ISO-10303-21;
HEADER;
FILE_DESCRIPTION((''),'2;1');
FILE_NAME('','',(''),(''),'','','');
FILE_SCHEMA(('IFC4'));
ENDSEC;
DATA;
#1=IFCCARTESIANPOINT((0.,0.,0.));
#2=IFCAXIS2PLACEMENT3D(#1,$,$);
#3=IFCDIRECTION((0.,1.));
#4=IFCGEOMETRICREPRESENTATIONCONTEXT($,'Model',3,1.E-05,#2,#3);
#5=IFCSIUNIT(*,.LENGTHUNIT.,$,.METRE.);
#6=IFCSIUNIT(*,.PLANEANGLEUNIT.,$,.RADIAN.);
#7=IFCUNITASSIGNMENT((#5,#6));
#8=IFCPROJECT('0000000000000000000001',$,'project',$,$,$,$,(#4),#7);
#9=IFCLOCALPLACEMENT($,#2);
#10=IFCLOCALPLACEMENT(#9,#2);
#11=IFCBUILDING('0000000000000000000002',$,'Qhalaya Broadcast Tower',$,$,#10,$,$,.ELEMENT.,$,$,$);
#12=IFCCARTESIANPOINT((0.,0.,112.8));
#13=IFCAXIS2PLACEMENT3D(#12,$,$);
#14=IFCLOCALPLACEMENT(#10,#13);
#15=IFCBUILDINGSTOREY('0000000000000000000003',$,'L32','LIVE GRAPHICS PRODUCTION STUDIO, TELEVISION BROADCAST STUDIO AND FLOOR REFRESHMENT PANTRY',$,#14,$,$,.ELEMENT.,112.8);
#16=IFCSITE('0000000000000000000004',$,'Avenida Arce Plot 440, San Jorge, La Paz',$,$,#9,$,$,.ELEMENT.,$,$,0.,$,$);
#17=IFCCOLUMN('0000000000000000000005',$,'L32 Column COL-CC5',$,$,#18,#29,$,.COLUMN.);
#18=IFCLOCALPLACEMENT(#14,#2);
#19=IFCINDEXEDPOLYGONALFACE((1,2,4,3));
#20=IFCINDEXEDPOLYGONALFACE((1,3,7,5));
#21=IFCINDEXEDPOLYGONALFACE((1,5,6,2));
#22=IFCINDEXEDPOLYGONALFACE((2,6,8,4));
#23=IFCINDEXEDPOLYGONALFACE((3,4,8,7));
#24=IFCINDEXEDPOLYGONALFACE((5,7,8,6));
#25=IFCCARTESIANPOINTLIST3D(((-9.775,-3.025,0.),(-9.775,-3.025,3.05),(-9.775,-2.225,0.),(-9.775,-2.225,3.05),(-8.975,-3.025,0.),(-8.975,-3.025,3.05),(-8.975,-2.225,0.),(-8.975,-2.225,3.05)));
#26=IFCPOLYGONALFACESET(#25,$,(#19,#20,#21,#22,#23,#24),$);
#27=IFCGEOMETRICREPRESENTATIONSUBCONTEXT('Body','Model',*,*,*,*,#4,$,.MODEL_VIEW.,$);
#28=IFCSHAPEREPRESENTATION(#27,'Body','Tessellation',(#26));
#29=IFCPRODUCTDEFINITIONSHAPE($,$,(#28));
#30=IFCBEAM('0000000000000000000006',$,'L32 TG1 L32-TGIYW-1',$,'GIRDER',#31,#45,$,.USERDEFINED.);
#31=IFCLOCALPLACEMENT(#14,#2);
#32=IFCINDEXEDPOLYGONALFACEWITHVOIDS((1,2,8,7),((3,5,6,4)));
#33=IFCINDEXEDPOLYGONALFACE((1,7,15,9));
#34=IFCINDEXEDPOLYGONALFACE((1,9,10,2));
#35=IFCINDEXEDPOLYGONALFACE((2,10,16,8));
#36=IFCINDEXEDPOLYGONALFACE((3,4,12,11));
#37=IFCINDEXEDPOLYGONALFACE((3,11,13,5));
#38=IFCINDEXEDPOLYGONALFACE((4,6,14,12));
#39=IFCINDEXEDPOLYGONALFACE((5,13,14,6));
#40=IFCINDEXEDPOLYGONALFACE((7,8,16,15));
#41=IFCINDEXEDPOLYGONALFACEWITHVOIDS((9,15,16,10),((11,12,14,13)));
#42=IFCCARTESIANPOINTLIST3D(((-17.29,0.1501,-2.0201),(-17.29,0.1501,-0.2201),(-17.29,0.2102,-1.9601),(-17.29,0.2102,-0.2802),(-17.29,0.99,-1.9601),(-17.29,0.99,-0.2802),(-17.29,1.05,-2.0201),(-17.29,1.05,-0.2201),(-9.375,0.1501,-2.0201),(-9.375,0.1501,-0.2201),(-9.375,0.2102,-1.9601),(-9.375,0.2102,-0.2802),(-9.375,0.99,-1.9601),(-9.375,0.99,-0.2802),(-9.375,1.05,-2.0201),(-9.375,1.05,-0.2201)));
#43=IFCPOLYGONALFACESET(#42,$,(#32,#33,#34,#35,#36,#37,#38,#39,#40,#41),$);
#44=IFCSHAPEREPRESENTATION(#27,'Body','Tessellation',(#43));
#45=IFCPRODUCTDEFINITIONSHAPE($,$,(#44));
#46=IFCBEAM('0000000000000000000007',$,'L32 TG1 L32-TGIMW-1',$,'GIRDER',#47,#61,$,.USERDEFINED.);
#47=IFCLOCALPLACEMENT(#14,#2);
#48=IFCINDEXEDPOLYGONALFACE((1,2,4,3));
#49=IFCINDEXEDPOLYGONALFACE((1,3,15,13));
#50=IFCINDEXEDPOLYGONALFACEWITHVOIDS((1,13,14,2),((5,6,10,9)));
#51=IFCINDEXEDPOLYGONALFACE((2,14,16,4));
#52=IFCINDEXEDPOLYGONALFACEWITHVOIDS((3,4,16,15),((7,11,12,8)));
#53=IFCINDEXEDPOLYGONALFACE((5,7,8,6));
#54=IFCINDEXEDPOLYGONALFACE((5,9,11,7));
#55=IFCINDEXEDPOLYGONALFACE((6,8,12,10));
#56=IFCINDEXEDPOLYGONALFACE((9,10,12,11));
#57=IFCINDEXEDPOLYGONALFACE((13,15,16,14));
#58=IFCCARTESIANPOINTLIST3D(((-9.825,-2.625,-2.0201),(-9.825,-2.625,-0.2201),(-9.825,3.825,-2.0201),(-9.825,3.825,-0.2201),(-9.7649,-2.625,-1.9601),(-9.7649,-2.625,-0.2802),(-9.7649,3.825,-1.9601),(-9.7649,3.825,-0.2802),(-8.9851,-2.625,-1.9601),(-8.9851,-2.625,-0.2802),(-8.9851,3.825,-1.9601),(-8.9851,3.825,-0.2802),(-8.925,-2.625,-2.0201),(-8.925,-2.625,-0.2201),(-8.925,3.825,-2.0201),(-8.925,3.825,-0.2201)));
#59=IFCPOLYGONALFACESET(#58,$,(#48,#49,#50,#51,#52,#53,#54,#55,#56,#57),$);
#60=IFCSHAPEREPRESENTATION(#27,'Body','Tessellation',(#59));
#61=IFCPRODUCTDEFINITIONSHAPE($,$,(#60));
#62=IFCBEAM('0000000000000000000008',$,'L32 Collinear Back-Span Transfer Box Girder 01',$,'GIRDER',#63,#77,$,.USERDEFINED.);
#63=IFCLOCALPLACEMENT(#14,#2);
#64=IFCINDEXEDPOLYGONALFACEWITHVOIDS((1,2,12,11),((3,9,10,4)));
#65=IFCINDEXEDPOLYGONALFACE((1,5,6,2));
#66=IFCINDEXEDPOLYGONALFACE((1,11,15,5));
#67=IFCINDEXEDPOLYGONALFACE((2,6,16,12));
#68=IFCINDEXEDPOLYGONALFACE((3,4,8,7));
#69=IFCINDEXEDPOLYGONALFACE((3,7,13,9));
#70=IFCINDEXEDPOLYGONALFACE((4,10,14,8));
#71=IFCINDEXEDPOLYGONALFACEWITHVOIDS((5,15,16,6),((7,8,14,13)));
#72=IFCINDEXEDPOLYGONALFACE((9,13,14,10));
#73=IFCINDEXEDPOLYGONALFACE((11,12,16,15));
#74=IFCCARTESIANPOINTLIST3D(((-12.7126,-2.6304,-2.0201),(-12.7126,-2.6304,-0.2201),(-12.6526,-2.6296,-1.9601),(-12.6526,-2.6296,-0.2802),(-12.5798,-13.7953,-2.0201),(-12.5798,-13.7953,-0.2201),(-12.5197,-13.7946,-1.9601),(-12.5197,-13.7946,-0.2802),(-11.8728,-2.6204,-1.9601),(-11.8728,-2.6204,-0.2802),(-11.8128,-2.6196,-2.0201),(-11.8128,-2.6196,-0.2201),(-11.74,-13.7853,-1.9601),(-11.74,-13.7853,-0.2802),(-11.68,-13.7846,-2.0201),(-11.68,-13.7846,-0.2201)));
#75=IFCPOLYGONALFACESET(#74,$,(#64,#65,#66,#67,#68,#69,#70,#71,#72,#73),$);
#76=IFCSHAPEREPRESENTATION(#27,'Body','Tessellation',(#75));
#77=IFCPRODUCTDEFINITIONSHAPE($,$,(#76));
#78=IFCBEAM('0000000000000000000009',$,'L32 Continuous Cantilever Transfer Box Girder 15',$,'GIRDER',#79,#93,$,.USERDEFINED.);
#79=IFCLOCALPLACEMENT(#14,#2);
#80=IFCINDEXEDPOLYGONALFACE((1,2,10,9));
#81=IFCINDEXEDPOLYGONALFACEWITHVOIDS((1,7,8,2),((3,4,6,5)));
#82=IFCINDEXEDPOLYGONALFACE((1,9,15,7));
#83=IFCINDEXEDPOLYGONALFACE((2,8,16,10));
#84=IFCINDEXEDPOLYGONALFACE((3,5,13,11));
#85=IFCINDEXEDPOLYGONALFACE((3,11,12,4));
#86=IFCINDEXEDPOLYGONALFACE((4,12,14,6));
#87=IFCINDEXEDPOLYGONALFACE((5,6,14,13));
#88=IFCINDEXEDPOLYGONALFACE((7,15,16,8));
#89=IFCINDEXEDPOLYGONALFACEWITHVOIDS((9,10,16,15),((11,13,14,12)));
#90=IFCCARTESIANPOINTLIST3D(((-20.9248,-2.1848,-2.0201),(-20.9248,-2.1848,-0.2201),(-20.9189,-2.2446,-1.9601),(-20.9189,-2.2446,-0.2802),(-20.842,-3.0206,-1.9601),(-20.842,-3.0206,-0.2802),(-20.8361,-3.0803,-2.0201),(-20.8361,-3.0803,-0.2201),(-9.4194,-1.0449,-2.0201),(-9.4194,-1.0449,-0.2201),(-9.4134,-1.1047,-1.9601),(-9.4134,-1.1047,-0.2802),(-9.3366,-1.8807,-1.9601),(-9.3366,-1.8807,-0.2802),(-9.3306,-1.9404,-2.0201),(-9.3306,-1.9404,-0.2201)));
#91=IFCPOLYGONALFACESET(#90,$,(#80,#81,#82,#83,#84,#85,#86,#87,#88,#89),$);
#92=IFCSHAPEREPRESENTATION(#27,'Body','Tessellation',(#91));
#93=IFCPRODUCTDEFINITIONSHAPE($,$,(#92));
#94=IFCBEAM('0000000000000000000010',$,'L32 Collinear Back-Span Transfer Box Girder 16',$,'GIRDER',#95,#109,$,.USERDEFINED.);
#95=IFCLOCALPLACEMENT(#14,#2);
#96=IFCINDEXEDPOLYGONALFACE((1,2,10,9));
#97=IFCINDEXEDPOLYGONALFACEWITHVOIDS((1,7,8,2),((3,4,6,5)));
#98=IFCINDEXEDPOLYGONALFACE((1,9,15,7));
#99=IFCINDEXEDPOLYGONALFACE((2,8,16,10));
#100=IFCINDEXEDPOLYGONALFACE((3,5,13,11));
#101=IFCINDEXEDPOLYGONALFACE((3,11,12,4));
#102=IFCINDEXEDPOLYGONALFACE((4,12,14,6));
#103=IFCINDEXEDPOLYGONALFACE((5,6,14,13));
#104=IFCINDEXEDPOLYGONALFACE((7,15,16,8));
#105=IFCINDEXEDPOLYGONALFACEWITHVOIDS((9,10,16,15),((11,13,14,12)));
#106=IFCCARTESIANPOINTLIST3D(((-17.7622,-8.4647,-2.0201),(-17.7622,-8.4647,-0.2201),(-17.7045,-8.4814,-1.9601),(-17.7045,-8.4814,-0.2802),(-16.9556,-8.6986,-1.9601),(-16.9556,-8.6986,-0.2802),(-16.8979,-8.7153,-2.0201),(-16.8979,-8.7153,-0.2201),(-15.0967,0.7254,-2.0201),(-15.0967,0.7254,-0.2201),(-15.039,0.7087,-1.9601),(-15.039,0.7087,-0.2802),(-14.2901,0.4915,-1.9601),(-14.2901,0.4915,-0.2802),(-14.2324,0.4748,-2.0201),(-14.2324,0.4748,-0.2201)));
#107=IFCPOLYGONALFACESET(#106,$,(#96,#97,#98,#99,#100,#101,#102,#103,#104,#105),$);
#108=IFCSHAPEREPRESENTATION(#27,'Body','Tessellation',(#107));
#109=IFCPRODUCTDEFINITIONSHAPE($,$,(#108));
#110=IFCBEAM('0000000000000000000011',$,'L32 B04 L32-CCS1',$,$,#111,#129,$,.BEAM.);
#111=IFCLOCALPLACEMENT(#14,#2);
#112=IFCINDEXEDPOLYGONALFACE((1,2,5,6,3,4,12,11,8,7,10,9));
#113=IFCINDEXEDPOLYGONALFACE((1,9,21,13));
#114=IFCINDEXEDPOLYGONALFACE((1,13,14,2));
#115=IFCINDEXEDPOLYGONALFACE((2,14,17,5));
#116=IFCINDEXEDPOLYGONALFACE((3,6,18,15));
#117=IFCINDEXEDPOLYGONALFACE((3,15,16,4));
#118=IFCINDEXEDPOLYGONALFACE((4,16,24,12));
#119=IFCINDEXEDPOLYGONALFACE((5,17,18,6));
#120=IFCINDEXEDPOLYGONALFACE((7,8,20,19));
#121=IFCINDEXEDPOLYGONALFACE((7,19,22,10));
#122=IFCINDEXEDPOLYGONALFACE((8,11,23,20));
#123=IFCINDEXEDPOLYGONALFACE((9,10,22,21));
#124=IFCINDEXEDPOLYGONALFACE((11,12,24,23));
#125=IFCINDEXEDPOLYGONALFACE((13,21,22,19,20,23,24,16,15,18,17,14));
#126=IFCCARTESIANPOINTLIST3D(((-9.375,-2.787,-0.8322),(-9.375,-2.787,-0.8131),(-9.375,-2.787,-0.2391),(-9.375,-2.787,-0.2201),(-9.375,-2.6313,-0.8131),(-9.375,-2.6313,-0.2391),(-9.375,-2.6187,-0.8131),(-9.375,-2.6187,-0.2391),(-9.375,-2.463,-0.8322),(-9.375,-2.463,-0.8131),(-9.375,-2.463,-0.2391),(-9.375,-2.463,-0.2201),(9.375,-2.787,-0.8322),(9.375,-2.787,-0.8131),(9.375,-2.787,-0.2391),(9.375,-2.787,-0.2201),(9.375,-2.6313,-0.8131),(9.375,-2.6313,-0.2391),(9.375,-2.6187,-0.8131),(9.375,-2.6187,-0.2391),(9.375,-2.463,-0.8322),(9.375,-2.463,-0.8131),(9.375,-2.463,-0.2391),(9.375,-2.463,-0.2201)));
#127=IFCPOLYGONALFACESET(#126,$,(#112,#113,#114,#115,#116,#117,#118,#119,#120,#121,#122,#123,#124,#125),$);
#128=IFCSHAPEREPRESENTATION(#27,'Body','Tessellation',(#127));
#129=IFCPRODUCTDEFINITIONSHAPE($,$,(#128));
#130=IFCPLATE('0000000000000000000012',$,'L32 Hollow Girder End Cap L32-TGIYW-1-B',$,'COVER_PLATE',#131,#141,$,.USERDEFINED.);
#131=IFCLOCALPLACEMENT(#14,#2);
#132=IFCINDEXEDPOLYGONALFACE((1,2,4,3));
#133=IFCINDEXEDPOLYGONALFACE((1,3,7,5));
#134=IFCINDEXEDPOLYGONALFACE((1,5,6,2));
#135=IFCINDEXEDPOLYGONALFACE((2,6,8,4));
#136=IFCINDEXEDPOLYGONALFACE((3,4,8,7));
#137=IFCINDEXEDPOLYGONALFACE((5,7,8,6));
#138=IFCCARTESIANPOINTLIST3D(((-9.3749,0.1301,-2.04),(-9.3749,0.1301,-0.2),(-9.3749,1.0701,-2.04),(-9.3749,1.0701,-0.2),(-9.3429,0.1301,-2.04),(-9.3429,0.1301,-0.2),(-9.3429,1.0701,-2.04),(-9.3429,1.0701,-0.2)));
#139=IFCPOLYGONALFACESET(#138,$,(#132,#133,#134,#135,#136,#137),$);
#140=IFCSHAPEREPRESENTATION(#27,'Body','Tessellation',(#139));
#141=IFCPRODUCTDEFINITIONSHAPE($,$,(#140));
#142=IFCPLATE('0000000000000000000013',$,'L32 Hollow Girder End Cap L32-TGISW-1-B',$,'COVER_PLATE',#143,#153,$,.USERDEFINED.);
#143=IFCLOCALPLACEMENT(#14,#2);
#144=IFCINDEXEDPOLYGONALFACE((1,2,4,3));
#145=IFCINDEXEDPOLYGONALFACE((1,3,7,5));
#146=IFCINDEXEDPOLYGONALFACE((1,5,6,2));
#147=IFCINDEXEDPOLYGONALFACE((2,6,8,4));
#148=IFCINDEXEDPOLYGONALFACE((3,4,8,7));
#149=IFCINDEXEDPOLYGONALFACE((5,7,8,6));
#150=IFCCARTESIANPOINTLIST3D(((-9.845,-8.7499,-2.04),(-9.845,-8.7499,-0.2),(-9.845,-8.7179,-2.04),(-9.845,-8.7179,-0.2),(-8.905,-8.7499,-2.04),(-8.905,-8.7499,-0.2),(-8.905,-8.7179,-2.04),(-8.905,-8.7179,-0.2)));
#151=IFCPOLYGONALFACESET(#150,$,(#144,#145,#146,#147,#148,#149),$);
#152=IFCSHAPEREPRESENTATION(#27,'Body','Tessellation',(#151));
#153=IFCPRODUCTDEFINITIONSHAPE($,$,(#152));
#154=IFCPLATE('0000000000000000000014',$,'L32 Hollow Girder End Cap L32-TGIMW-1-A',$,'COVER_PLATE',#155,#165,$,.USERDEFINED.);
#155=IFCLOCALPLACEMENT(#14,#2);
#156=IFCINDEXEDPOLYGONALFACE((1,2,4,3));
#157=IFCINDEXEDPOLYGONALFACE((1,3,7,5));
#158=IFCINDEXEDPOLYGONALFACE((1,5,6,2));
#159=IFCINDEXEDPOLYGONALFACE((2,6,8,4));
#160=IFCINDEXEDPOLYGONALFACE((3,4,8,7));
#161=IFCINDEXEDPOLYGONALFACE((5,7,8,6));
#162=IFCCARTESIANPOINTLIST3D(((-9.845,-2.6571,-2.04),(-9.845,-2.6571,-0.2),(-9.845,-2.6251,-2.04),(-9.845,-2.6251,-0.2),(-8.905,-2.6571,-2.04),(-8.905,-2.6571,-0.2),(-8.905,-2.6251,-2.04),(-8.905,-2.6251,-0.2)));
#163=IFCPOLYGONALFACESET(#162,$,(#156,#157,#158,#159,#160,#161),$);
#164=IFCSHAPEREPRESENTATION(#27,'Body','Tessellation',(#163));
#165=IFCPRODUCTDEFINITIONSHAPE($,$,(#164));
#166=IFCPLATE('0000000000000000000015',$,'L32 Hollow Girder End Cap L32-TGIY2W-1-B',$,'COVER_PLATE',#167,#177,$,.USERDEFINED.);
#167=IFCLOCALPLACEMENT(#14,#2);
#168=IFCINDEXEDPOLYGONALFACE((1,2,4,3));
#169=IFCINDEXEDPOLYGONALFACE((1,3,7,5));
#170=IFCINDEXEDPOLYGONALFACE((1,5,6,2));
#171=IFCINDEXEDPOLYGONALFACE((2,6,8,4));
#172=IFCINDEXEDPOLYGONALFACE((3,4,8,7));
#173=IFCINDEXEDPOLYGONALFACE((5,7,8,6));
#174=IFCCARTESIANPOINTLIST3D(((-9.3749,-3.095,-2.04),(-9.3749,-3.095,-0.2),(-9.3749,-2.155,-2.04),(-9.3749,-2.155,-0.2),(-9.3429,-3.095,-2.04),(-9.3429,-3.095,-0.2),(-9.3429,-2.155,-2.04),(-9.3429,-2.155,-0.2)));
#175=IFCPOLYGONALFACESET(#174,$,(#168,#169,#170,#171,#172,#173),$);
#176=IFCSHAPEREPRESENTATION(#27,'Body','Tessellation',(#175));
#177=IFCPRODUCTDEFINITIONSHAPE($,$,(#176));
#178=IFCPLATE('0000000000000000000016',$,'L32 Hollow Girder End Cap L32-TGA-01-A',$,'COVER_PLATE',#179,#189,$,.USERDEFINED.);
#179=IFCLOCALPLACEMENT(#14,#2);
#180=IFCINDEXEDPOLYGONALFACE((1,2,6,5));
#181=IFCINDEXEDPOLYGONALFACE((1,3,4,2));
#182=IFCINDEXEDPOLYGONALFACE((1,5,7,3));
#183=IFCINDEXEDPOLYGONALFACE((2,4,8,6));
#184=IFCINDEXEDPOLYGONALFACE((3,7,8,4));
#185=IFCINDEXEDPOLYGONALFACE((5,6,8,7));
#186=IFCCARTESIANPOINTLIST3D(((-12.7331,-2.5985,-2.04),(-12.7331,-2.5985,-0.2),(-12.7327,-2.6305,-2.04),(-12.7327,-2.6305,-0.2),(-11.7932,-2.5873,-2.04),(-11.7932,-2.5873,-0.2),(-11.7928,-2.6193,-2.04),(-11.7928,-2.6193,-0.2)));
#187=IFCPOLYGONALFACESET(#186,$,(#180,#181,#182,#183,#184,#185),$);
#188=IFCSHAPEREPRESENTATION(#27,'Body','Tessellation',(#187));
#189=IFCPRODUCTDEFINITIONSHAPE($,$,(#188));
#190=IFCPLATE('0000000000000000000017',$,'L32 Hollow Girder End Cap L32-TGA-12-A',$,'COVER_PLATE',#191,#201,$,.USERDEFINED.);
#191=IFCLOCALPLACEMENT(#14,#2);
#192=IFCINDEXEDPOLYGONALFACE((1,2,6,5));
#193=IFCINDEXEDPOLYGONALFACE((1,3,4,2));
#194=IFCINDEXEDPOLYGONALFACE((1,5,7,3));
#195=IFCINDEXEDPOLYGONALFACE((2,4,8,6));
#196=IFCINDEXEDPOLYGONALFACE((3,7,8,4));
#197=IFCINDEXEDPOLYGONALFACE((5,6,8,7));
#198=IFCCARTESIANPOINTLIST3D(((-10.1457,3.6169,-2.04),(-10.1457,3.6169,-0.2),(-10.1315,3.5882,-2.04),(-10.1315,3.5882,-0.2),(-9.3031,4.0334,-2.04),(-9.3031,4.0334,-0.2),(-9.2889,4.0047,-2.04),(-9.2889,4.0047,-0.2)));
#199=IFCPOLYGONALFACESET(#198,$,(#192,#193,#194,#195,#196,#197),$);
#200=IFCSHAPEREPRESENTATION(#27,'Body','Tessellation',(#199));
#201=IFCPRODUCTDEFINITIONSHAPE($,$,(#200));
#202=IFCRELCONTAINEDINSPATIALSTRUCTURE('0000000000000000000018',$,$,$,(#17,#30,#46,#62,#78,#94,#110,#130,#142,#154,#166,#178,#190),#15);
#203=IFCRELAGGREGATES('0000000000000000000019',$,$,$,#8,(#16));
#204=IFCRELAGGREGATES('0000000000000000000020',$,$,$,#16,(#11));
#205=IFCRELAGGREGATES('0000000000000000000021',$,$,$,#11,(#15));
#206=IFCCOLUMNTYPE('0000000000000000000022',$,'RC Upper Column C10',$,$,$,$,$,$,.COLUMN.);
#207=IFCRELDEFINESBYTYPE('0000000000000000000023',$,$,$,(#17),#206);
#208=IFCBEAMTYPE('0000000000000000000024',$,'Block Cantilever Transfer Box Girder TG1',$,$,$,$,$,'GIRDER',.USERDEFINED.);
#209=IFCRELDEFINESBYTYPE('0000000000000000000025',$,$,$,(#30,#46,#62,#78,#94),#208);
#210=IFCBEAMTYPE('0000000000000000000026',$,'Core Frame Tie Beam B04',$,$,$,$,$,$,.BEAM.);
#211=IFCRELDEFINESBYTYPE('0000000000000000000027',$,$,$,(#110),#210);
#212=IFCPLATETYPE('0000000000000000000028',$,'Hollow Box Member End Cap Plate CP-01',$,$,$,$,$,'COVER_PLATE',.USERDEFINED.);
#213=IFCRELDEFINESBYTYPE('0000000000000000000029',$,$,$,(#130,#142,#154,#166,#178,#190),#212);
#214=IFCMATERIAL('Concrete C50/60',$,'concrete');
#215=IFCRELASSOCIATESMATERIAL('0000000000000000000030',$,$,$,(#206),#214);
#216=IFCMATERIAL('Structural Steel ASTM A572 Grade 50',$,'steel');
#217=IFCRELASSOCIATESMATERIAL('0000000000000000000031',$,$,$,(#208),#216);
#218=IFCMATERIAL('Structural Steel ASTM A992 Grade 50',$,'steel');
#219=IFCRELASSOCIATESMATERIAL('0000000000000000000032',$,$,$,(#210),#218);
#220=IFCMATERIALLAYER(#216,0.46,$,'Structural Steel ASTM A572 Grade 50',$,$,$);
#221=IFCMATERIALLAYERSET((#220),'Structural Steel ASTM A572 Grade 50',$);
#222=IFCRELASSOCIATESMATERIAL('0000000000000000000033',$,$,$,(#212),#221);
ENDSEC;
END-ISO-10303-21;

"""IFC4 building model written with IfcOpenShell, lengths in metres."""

from ifc_helpers import new_model, si_unit, direction, frame, origin, origin_2d, place, context, subcontext, project, spatial, rectangle, hollow_rectangle, i_section, extrude, material, layer, layer_set, material_profile, profile_set, type_object, element, save


model = new_model("IFC4")

# Units and contexts
model_context = context("Model", 3, precision=1e-05, world=origin(), true_north=direction((0.0, 1.0)))
body_context = subcontext(model_context, "Body", "Model", "MODEL_VIEW")
ifc_project = project(units=[si_unit("LENGTHUNIT", "METRE"), si_unit("PLANEANGLEUNIT", "RADIAN")], contexts=[model_context])

# Site, building, storey
site_placement = place(None, origin())
site = spatial("IfcSite", under=ifc_project, at=site_placement, Name="Avenida Arce Plot 440, San Jorge, La Paz", CompositionType="ELEMENT", RefElevation=0.0)
building_placement = place(site_placement, origin())
building = spatial("IfcBuilding", under=site, at=building_placement, Name="Qhalaya Broadcast Tower", CompositionType="ELEMENT")
storey_placement = place(building_placement, frame((0.0, 0.0, 112.8)))
storey = spatial("IfcBuildingStorey", under=building, at=storey_placement, Name="L32", Description="LIVE GRAPHICS PRODUCTION STUDIO, TELEVISION BROADCAST STUDIO AND FLOOR REFRESHMENT PANTRY", CompositionType="ELEMENT", Elevation=112.8)

# Column
ifc_material_1 = material(Name="Concrete C50/60", Category="concrete")
ifc_material_profile_1 = material_profile(ifc_material_1, rectangle(XDim=0.8, YDim=0.8, at=origin_2d()), Name="RC-COL 800x800")
ifc_profile_set_1 = profile_set([ifc_material_profile_1], Name="Concrete C50/60")
column_type = type_object("IfcColumnType", Name="RC Upper Column C10", PredefinedType="COLUMN", material=ifc_profile_set_1)
column_placement = place(storey_placement, frame((-9.375, -2.625, 0.0), z_axis=(0.0, 0.0, 1.0), x_axis=(1.0, 0.0, 0.0)))
element("IfcColumn", 1, at=column_placement, inside=storey, type_object=column_type, Name="L32 Column COL-CC5", PredefinedType="COLUMN", context=body_context, shape_type="SweptSolid", body=[
    extrude(rectangle(XDim=0.8, YDim=0.8, at=origin_2d()), origin(), (0.0, 0.0, 1.0), 3.05),
])

# Beams
ifc_material_2 = material(Name="Structural Steel ASTM A572 Grade 50", Category="steel")
ifc_material_profile_2 = material_profile(ifc_material_2, hollow_rectangle(XDim=0.8999, YDim=1.8, WallThickness=0.0601, at=origin_2d()), Name="BOX 900x1800x60")
ifc_profile_set_2 = profile_set([ifc_material_profile_2], Name="Structural Steel ASTM A572 Grade 50")
beam_type_1 = type_object("IfcBeamType", Name="Block Cantilever Transfer Box Girder TG1", ElementType="GIRDER", PredefinedType="USERDEFINED", material=ifc_profile_set_2)
beam_1_placement = place(storey_placement, frame((-17.29, 0.6001, -1.1201), z_axis=(1.0, 0.0, 0.0), x_axis=(0.0, 1.0, 0.0)))
element("IfcBeam", 2, at=beam_1_placement, inside=storey, type_object=beam_type_1, Name="L32 TG1 L32-TGIYW-1", ObjectType="GIRDER", PredefinedType="USERDEFINED", context=body_context, shape_type="SweptSolid", body=[
    extrude(hollow_rectangle(XDim=0.8999, YDim=1.8, WallThickness=0.0601, at=origin_2d()), origin(), (0.0, 0.0, 1.0), 7.915),
])
beam_2_placement = place(storey_placement, frame((-9.375, -2.625, -1.1201), z_axis=(0.0, 1.0, 0.0), x_axis=(-1.0, 0.0, 0.0)))
element("IfcBeam", 3, at=beam_2_placement, inside=storey, type_object=beam_type_1, Name="L32 TG1 L32-TGIMW-1", ObjectType="GIRDER", PredefinedType="USERDEFINED", context=body_context, shape_type="SweptSolid", body=[
    extrude(hollow_rectangle(XDim=0.8999, YDim=1.8, WallThickness=0.0601, at=origin_2d()), origin(), (0.0, 0.0, 1.0), 6.45),
])
beam_3_placement = place(storey_placement, frame((-12.2627, -2.625, -1.1201), z_axis=(0.011895, -0.999929, 0.0), x_axis=(0.999929, 0.011895, 0.0)))
element("IfcBeam", 4, at=beam_3_placement, inside=storey, type_object=beam_type_1, Name="L32 Collinear Back-Span Transfer Box Girder 01", ObjectType="GIRDER", PredefinedType="USERDEFINED", context=body_context, shape_type="SweptSolid", body=[
    extrude(hollow_rectangle(XDim=0.8999, YDim=1.8, WallThickness=0.0601, at=origin_2d()), origin(), (0.0, 0.0, 1.0), 11.1658),
])
beam_4_placement = place(storey_placement, frame((-9.375, -1.4927, -1.1201), z_axis=(-0.995128, -0.098592, 0.0), x_axis=(0.098592, -0.995128, 0.0)))
element("IfcBeam", 5, at=beam_4_placement, inside=storey, type_object=beam_type_1, Name="L32 Continuous Cantilever Transfer Box Girder 15", ObjectType="GIRDER", PredefinedType="USERDEFINED", context=body_context, shape_type="SweptSolid", body=[
    extrude(hollow_rectangle(XDim=0.8999, YDim=1.8, WallThickness=0.0601, at=origin_2d()), origin(), (0.0, 0.0, 1.0), 11.5618),
])
beam_5_placement = place(storey_placement, frame((-14.6646, 0.6001, -1.1201), z_axis=(-0.27856, -0.960419, 0.0), x_axis=(0.960419, -0.27856, 0.0)))
element("IfcBeam", 6, at=beam_5_placement, inside=storey, type_object=beam_type_1, Name="L32 Collinear Back-Span Transfer Box Girder 16", ObjectType="GIRDER", PredefinedType="USERDEFINED", context=body_context, shape_type="SweptSolid", body=[
    extrude(hollow_rectangle(XDim=0.8999, YDim=1.8, WallThickness=0.0601, at=origin_2d()), origin(), (0.0, 0.0, 1.0), 9.5688),
])
ifc_material_3 = material(Name="Structural Steel ASTM A992 Grade 50", Category="steel")
ifc_material_profile_3 = material_profile(ifc_material_3, i_section(OverallWidth=0.324, OverallDepth=0.6121, WebThickness=0.0127, FlangeThickness=0.019, at=origin_2d()), Name="W24X104")
ifc_profile_set_3 = profile_set([ifc_material_profile_3], Name="Structural Steel ASTM A992 Grade 50")
beam_type_2 = type_object("IfcBeamType", Name="Core Frame Tie Beam B04", PredefinedType="BEAM", material=ifc_profile_set_3)
beam_6_placement = place(storey_placement, frame((-9.375, -2.625, -0.5261), z_axis=(1.0, 0.0, 0.0), x_axis=(0.0, 1.0, 0.0)))
element("IfcBeam", 7, at=beam_6_placement, inside=storey, type_object=beam_type_2, Name="L32 B04 L32-CCS1", PredefinedType="BEAM", context=body_context, shape_type="SweptSolid", body=[
    extrude(i_section(OverallWidth=0.324, OverallDepth=0.6121, WebThickness=0.0127, FlangeThickness=0.019, at=origin_2d()), origin(), (0.0, 0.0, 1.0), 18.75),
])

# Plates
ifc_layer_1 = layer(ifc_material_2, 0.46, Name="Structural Steel ASTM A572 Grade 50")
ifc_layer_set_1 = layer_set([ifc_layer_1], Name="Structural Steel ASTM A572 Grade 50")
plate_type = type_object("IfcPlateType", Name="Hollow Box Member End Cap Plate CP-01", ElementType="COVER_PLATE", PredefinedType="USERDEFINED", material=ifc_layer_set_1)
for number, where, z_axis, x_axis, name in (
    (8, (-9.3589, 0.6001, -2.04), (0.0, 0.0, 1.0), (0.0, 1.0, 0.0), "L32 Hollow Girder End Cap L32-TGIYW-1-B"),
    (9, (-9.375, -8.7339, -2.04), (0.0, 0.0, 1.0), (-1.0, 0.0, 0.0), "L32 Hollow Girder End Cap L32-TGISW-1-B"),
    (10, (-9.375, -2.6411, -2.04), (0.0, 0.0, 1.0), (-1.0, 0.0, 0.0), "L32 Hollow Girder End Cap L32-TGIMW-1-A"),
    (11, (-9.3589, -2.625, -2.04), (0.0, 0.0, 1.0), (0.0, 1.0, 0.0), "L32 Hollow Girder End Cap L32-TGIY2W-1-B"),
    (12, (-12.2629, -2.6089, -2.04), (0.0, 0.0, 1.0), (0.999929, 0.011885, 0.0), "L32 Hollow Girder End Cap L32-TGA-01-A"),
    (13, (-9.7173, 3.8108, -2.04), (0.0, 0.0, 1.0), (-0.896448, -0.443149, 0.0), "L32 Hollow Girder End Cap L32-TGA-12-A"),
):
    element("IfcPlate", number, at=place(storey_placement, frame(where, z_axis=z_axis, x_axis=x_axis)), inside=storey, type_object=plate_type, Name=name, ObjectType="COVER_PLATE", PredefinedType="USERDEFINED", context=body_context, shape_type="SweptSolid", body=[
        extrude(rectangle(XDim=0.9399, YDim=0.032, at=origin_2d()), origin(), (0.0, 0.0, 1.0), 1.8401),
    ])

save(model, "model.ifc")
